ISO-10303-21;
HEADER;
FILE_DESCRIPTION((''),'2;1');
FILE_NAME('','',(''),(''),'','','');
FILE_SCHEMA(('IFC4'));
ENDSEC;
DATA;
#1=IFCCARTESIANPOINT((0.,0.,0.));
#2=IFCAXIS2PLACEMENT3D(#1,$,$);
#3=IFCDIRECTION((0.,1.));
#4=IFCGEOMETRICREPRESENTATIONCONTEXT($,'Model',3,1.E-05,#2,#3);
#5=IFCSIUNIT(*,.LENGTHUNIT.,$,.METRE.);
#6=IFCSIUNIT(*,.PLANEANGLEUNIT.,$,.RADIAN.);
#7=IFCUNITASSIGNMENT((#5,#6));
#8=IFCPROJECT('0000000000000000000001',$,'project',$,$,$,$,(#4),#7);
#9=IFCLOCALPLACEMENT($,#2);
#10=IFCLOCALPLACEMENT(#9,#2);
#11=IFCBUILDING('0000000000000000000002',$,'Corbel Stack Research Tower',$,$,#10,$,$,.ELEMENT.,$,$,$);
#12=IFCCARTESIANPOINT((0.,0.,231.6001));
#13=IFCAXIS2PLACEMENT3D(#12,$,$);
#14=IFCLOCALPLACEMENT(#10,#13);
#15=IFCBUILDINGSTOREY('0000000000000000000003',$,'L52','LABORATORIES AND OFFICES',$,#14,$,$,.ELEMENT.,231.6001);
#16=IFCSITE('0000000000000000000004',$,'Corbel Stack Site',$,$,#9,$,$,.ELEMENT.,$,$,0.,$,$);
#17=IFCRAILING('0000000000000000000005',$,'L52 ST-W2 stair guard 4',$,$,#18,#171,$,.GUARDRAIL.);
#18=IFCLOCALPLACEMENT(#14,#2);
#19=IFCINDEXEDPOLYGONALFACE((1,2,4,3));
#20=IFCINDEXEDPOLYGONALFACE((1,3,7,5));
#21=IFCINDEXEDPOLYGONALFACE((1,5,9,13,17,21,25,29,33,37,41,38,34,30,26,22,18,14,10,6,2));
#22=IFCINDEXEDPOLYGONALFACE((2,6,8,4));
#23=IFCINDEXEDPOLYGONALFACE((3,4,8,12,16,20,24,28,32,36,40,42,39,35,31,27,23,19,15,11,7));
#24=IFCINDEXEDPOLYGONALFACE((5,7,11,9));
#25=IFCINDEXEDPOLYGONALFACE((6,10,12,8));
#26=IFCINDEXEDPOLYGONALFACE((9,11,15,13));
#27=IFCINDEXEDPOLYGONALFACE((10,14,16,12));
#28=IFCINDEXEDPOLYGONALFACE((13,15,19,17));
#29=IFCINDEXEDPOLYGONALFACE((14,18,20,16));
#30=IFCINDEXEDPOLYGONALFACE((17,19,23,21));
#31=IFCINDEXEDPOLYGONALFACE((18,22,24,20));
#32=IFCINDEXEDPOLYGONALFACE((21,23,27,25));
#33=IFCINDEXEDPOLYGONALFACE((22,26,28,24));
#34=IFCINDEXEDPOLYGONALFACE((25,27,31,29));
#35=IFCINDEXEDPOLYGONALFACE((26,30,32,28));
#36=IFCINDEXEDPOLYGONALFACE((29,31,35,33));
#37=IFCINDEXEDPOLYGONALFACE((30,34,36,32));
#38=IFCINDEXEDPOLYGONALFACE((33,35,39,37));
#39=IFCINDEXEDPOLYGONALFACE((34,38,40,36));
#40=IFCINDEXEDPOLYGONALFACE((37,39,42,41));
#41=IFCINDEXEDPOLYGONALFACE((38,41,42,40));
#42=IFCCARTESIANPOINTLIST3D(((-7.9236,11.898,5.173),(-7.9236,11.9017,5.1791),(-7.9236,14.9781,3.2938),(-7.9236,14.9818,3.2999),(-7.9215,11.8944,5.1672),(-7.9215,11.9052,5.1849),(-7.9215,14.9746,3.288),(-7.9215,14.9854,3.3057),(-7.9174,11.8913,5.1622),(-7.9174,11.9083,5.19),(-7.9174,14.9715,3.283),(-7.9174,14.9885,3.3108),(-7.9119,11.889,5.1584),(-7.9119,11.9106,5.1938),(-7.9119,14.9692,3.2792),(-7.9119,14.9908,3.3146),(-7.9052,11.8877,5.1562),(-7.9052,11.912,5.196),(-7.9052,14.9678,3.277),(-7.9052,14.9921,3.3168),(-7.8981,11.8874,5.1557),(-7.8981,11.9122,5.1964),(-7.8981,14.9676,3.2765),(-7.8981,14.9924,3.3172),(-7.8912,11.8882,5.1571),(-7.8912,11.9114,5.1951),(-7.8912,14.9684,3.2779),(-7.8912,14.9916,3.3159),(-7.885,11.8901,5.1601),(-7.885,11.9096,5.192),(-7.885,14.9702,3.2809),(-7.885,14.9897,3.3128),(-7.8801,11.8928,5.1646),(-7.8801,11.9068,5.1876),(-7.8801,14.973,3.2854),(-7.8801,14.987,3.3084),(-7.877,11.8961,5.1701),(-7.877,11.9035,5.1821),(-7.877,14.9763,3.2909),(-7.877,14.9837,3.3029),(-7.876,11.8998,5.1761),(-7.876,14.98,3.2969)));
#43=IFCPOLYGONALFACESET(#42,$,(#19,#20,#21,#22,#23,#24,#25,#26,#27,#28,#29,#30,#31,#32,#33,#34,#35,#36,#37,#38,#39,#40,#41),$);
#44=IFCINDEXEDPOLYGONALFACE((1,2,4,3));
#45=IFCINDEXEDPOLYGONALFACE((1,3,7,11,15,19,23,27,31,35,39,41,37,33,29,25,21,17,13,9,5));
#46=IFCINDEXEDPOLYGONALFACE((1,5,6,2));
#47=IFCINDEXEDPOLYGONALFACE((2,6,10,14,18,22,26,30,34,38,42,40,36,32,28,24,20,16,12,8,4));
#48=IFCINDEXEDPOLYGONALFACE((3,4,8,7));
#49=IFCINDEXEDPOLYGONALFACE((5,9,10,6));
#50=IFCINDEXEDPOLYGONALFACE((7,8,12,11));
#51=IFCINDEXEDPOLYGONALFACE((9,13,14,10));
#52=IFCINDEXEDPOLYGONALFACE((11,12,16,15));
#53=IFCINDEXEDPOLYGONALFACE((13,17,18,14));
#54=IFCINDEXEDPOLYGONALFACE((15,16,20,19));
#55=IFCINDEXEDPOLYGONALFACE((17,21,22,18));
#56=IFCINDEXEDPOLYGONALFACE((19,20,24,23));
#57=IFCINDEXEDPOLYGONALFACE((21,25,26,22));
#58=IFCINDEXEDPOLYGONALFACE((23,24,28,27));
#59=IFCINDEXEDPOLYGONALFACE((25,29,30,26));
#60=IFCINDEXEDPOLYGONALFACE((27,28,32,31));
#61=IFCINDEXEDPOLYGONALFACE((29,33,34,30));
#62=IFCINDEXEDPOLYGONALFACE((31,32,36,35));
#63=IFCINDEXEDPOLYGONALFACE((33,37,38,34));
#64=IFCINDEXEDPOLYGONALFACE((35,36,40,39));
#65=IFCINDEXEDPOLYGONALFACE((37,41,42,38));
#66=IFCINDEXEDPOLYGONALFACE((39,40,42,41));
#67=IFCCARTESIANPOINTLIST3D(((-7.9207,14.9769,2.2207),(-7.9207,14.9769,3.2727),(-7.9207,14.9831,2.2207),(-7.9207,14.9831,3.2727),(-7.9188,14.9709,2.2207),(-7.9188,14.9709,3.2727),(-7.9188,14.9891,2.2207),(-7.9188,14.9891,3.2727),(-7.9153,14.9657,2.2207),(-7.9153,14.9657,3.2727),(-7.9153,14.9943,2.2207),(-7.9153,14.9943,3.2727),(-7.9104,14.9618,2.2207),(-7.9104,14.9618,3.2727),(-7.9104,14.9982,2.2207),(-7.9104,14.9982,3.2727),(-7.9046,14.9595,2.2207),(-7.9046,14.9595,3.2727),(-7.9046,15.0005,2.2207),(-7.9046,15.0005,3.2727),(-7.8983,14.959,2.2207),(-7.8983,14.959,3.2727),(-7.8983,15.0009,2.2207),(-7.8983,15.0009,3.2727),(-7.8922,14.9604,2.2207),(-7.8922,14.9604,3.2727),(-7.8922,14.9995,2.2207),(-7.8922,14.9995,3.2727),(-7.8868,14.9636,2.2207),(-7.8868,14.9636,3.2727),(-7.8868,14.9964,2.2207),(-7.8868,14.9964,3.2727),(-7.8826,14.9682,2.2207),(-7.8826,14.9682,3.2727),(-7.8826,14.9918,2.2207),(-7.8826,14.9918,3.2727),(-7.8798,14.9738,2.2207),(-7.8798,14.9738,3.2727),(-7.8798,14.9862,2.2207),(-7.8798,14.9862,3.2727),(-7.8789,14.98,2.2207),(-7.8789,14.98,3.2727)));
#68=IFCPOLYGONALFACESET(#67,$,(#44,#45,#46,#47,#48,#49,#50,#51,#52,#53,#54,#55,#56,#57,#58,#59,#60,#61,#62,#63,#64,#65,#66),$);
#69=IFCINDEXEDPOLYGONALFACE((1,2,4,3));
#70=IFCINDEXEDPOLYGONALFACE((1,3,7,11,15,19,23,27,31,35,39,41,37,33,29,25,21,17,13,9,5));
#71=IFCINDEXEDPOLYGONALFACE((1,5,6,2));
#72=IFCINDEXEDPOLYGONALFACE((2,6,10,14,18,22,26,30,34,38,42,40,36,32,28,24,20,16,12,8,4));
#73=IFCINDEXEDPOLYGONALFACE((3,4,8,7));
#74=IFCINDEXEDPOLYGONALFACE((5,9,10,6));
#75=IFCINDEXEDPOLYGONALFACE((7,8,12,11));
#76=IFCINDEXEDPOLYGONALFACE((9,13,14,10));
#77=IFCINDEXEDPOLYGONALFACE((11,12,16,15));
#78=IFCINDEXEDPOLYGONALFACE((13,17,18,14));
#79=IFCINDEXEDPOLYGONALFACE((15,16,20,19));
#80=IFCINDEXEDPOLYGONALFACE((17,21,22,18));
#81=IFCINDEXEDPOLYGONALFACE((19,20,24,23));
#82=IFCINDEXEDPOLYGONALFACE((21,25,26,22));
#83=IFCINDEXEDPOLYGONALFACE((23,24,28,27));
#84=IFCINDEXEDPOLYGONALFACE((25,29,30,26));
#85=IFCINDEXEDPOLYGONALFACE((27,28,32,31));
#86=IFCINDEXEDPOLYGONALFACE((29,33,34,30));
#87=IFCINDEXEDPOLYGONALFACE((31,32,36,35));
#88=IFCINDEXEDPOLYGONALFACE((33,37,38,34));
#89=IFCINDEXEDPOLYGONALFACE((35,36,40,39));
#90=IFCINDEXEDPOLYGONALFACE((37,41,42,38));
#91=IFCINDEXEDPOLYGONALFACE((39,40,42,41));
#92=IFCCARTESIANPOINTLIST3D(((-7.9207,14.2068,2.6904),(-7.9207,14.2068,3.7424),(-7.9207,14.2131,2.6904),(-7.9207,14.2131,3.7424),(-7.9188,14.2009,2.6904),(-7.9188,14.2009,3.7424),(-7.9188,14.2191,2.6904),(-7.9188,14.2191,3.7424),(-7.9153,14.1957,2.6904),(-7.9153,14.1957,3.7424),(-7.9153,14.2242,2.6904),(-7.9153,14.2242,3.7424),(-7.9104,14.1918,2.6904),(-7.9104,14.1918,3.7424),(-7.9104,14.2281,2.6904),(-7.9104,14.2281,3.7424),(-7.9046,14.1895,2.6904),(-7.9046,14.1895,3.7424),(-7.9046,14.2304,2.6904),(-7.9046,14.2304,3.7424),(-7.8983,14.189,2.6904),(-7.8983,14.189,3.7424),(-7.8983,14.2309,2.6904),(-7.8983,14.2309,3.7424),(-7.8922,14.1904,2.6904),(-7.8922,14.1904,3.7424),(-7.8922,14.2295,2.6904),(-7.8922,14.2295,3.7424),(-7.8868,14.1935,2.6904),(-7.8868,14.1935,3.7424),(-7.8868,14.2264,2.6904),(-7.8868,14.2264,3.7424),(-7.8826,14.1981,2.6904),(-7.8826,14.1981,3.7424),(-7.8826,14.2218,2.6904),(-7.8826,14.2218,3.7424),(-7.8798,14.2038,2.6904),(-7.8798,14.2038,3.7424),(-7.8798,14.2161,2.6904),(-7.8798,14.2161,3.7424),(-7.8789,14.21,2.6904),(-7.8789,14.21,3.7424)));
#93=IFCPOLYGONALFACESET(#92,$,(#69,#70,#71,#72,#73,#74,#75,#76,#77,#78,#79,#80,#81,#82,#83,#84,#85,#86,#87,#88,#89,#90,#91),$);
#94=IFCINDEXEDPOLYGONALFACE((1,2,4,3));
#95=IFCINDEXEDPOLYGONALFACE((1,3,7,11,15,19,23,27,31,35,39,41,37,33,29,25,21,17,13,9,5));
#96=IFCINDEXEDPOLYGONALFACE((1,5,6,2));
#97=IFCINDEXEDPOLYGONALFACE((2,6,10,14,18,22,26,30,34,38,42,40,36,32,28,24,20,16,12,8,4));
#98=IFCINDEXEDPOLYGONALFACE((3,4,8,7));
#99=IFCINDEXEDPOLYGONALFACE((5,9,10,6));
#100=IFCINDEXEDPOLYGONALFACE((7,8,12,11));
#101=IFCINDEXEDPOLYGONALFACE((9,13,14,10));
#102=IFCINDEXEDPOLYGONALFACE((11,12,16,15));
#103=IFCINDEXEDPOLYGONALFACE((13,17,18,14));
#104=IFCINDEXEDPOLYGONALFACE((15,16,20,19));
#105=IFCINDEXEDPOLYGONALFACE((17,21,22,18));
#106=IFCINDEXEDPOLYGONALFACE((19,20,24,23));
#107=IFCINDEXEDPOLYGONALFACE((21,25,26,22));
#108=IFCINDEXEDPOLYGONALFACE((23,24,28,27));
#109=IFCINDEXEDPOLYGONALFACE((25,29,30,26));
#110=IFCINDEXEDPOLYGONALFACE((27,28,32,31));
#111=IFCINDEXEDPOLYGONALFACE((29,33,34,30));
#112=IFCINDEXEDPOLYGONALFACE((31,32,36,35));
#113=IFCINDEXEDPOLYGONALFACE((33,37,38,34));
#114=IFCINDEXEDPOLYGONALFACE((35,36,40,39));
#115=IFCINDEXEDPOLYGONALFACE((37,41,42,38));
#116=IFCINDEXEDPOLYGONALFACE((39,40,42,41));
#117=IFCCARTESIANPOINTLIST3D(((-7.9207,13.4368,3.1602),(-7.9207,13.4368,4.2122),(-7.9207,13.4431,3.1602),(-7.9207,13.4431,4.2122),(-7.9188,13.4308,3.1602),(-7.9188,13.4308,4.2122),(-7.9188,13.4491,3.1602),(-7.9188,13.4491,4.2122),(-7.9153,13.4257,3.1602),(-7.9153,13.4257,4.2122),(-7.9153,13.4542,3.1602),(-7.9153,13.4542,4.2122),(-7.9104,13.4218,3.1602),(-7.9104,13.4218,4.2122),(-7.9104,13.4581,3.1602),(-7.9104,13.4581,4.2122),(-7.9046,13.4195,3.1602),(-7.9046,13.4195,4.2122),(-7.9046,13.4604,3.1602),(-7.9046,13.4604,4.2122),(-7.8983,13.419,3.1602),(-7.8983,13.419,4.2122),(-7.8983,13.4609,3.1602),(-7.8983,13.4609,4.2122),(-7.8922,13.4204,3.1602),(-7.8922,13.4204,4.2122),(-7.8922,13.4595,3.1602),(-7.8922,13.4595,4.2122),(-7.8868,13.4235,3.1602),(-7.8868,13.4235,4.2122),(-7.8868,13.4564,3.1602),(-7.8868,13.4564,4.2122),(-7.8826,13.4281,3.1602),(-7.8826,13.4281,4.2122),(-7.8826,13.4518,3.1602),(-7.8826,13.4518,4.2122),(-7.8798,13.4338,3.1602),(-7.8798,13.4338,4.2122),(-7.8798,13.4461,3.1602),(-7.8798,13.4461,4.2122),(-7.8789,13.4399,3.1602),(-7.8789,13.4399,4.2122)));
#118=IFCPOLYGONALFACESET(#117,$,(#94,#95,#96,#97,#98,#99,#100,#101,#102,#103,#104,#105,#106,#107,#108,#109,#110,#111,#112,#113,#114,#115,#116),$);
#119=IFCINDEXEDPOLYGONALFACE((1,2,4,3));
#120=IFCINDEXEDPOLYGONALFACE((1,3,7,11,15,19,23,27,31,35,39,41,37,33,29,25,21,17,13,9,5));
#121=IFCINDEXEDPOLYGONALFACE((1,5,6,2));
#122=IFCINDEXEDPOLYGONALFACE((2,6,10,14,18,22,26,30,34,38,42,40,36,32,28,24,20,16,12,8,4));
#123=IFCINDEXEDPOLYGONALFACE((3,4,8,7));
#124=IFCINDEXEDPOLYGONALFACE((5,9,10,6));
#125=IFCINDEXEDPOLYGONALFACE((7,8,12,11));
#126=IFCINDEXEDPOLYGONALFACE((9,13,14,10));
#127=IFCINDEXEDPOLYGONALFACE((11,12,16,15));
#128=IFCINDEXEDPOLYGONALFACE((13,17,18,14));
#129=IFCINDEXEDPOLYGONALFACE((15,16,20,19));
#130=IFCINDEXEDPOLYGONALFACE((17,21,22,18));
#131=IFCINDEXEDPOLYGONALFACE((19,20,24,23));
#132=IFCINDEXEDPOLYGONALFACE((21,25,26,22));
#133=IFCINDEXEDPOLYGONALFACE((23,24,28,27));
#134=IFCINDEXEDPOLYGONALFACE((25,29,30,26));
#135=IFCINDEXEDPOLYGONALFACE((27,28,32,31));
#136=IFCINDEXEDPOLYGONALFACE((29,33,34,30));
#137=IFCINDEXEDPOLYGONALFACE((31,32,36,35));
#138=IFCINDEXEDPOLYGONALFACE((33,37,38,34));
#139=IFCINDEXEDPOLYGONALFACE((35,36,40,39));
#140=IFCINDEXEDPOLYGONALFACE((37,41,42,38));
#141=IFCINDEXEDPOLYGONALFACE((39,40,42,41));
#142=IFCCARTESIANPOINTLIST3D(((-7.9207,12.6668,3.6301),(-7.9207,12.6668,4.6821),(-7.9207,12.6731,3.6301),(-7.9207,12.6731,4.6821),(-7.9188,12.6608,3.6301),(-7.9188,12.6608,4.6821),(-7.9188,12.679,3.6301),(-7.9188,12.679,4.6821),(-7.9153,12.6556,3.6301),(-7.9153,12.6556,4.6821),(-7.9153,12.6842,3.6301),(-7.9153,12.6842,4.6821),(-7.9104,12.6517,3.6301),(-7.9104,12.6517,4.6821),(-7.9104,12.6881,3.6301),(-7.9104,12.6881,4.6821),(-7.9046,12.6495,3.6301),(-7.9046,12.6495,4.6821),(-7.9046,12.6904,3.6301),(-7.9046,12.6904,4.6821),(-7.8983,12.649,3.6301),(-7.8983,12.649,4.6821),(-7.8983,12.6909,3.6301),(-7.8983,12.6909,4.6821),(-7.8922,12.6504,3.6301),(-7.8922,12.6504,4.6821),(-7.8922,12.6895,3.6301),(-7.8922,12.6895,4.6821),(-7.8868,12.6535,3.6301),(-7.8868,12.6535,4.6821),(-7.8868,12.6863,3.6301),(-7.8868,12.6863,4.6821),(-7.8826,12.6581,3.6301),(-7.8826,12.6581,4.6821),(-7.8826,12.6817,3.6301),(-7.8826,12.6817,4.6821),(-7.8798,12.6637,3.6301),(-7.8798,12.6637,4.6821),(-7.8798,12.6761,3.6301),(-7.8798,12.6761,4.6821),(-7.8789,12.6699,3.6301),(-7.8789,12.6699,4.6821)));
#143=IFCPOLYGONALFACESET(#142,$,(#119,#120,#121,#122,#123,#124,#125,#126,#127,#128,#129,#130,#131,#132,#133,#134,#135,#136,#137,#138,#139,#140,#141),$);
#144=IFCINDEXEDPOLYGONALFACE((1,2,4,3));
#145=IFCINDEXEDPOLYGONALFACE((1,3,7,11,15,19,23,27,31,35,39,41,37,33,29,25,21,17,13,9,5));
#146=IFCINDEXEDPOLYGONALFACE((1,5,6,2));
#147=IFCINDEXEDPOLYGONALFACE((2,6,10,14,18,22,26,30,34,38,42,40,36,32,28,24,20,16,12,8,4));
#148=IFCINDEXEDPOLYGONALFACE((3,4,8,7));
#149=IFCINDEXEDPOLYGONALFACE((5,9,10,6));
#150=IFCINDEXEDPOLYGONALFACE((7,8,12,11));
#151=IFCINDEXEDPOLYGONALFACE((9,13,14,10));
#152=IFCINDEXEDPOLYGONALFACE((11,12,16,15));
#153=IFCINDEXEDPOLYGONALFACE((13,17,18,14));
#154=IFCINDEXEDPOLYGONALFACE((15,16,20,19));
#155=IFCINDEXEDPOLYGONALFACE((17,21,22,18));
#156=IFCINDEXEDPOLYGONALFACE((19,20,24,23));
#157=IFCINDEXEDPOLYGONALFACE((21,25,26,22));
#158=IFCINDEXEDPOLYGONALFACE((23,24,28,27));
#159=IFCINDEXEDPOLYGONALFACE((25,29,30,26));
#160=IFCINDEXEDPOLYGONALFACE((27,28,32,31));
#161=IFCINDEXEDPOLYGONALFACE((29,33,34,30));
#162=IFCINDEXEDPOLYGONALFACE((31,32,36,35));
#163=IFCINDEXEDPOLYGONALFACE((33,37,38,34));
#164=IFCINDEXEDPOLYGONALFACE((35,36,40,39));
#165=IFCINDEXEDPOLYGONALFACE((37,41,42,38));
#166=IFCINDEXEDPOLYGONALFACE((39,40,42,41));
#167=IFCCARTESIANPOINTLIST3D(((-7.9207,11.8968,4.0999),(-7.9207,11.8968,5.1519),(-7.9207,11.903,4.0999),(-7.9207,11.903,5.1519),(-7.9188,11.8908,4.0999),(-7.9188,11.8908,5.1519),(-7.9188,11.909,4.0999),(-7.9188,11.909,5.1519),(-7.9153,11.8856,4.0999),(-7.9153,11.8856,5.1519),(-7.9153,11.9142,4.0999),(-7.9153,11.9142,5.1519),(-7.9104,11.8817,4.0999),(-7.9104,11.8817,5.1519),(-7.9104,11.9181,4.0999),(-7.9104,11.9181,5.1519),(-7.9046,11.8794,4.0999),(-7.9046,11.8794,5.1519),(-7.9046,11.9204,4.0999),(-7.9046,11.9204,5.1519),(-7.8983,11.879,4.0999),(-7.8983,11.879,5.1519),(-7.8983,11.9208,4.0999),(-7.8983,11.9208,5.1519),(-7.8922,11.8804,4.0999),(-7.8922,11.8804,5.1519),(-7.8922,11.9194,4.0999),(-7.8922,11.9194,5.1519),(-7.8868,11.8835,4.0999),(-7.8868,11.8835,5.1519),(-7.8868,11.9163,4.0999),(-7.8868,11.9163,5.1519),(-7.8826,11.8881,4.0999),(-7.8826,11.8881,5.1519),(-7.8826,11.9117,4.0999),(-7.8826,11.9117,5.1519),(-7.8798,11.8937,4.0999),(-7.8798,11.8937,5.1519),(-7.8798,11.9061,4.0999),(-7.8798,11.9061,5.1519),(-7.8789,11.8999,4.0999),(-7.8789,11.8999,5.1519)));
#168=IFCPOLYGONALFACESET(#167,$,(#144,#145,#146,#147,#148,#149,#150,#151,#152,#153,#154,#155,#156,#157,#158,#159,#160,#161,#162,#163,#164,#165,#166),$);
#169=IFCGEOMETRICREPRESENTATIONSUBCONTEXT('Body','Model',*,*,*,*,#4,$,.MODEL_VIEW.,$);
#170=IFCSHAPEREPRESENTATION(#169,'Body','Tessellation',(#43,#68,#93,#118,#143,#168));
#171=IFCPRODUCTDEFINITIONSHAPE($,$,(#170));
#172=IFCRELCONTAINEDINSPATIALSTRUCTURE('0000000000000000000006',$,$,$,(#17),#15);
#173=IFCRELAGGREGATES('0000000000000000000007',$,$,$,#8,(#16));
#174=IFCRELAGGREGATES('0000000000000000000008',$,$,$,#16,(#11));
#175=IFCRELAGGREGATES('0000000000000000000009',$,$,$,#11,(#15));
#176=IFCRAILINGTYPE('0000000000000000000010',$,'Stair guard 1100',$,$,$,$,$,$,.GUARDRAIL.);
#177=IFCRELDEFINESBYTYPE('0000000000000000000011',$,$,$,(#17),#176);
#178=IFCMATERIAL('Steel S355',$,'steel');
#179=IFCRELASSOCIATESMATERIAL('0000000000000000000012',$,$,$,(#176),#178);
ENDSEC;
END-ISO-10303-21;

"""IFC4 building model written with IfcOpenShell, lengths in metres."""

from ifc_helpers import new_model, si_unit, direction, frame, origin, origin_2d, place, context, subcontext, project, spatial, circle, extrude, material, type_object, element, save


model = new_model("IFC4")

# Units and contexts
model_context = context("Model", 3, precision=1e-05, world=origin(), true_north=direction((0.0, 1.0)))
body_context = subcontext(model_context, "Body", "Model", "MODEL_VIEW")
ifc_project = project(units=[si_unit("LENGTHUNIT", "METRE"), si_unit("PLANEANGLEUNIT", "RADIAN")], contexts=[model_context])

# Site, building, storey
site_placement = place(None, origin())
site = spatial("IfcSite", under=ifc_project, at=site_placement, Name="Corbel Stack Site", CompositionType="ELEMENT", RefElevation=0.0)
building_placement = place(site_placement, origin())
building = spatial("IfcBuilding", under=site, at=building_placement, Name="Corbel Stack Research Tower", CompositionType="ELEMENT")
storey_placement = place(building_placement, frame((0.0, 0.0, 231.6001)))
storey = spatial("IfcBuildingStorey", under=building, at=storey_placement, Name="L52", Description="LABORATORIES AND OFFICES", CompositionType="ELEMENT", Elevation=231.6001)

# Railing
ifc_material_1 = material(Name="Steel S355", Category="steel")
railing_type_1 = type_object("IfcRailingType", Name="Stair guard 1100", PredefinedType="GUARDRAIL", material=ifc_material_1)
railing_1_placement = place(storey_placement, frame((-7.8999, 14.98, 2.2207)))
element("IfcRailing", 1, at=railing_1_placement, inside=storey, type_object=railing_type_1, Name="L52 ST-W2 stair guard 4", PredefinedType="GUARDRAIL", context=body_context, shape_type="SweptSolid", body=[
    extrude(circle(Radius=0.0239, at=origin_2d()), frame((0.0, 0.0, 1.0762), z_axis=(0.0, -0.853666, 0.52082), x_axis=(1.0, 0.0, 0.0)), (0.0, 0.0, 1.0), 3.6082),
    extrude(circle(Radius=0.021, at=origin_2d()), origin(), (0.0, 0.0, 1.0), 1.052),
    extrude(circle(Radius=0.021, at=origin_2d()), frame((0.0, -0.77, 0.4697)), (0.0, 0.0, 1.0), 1.052),
    extrude(circle(Radius=0.021, at=origin_2d()), frame((0.0, -1.54, 0.9395)), (0.0, 0.0, 1.0), 1.052),
    extrude(circle(Radius=0.021, at=origin_2d()), frame((0.0, -2.3101, 1.4094)), (0.0, 0.0, 1.0), 1.052),
    extrude(circle(Radius=0.021, at=origin_2d()), frame((0.0, -3.0801, 1.8792)), (0.0, 0.0, 1.0), 1.052),
])

save(model, "model.ifc")
